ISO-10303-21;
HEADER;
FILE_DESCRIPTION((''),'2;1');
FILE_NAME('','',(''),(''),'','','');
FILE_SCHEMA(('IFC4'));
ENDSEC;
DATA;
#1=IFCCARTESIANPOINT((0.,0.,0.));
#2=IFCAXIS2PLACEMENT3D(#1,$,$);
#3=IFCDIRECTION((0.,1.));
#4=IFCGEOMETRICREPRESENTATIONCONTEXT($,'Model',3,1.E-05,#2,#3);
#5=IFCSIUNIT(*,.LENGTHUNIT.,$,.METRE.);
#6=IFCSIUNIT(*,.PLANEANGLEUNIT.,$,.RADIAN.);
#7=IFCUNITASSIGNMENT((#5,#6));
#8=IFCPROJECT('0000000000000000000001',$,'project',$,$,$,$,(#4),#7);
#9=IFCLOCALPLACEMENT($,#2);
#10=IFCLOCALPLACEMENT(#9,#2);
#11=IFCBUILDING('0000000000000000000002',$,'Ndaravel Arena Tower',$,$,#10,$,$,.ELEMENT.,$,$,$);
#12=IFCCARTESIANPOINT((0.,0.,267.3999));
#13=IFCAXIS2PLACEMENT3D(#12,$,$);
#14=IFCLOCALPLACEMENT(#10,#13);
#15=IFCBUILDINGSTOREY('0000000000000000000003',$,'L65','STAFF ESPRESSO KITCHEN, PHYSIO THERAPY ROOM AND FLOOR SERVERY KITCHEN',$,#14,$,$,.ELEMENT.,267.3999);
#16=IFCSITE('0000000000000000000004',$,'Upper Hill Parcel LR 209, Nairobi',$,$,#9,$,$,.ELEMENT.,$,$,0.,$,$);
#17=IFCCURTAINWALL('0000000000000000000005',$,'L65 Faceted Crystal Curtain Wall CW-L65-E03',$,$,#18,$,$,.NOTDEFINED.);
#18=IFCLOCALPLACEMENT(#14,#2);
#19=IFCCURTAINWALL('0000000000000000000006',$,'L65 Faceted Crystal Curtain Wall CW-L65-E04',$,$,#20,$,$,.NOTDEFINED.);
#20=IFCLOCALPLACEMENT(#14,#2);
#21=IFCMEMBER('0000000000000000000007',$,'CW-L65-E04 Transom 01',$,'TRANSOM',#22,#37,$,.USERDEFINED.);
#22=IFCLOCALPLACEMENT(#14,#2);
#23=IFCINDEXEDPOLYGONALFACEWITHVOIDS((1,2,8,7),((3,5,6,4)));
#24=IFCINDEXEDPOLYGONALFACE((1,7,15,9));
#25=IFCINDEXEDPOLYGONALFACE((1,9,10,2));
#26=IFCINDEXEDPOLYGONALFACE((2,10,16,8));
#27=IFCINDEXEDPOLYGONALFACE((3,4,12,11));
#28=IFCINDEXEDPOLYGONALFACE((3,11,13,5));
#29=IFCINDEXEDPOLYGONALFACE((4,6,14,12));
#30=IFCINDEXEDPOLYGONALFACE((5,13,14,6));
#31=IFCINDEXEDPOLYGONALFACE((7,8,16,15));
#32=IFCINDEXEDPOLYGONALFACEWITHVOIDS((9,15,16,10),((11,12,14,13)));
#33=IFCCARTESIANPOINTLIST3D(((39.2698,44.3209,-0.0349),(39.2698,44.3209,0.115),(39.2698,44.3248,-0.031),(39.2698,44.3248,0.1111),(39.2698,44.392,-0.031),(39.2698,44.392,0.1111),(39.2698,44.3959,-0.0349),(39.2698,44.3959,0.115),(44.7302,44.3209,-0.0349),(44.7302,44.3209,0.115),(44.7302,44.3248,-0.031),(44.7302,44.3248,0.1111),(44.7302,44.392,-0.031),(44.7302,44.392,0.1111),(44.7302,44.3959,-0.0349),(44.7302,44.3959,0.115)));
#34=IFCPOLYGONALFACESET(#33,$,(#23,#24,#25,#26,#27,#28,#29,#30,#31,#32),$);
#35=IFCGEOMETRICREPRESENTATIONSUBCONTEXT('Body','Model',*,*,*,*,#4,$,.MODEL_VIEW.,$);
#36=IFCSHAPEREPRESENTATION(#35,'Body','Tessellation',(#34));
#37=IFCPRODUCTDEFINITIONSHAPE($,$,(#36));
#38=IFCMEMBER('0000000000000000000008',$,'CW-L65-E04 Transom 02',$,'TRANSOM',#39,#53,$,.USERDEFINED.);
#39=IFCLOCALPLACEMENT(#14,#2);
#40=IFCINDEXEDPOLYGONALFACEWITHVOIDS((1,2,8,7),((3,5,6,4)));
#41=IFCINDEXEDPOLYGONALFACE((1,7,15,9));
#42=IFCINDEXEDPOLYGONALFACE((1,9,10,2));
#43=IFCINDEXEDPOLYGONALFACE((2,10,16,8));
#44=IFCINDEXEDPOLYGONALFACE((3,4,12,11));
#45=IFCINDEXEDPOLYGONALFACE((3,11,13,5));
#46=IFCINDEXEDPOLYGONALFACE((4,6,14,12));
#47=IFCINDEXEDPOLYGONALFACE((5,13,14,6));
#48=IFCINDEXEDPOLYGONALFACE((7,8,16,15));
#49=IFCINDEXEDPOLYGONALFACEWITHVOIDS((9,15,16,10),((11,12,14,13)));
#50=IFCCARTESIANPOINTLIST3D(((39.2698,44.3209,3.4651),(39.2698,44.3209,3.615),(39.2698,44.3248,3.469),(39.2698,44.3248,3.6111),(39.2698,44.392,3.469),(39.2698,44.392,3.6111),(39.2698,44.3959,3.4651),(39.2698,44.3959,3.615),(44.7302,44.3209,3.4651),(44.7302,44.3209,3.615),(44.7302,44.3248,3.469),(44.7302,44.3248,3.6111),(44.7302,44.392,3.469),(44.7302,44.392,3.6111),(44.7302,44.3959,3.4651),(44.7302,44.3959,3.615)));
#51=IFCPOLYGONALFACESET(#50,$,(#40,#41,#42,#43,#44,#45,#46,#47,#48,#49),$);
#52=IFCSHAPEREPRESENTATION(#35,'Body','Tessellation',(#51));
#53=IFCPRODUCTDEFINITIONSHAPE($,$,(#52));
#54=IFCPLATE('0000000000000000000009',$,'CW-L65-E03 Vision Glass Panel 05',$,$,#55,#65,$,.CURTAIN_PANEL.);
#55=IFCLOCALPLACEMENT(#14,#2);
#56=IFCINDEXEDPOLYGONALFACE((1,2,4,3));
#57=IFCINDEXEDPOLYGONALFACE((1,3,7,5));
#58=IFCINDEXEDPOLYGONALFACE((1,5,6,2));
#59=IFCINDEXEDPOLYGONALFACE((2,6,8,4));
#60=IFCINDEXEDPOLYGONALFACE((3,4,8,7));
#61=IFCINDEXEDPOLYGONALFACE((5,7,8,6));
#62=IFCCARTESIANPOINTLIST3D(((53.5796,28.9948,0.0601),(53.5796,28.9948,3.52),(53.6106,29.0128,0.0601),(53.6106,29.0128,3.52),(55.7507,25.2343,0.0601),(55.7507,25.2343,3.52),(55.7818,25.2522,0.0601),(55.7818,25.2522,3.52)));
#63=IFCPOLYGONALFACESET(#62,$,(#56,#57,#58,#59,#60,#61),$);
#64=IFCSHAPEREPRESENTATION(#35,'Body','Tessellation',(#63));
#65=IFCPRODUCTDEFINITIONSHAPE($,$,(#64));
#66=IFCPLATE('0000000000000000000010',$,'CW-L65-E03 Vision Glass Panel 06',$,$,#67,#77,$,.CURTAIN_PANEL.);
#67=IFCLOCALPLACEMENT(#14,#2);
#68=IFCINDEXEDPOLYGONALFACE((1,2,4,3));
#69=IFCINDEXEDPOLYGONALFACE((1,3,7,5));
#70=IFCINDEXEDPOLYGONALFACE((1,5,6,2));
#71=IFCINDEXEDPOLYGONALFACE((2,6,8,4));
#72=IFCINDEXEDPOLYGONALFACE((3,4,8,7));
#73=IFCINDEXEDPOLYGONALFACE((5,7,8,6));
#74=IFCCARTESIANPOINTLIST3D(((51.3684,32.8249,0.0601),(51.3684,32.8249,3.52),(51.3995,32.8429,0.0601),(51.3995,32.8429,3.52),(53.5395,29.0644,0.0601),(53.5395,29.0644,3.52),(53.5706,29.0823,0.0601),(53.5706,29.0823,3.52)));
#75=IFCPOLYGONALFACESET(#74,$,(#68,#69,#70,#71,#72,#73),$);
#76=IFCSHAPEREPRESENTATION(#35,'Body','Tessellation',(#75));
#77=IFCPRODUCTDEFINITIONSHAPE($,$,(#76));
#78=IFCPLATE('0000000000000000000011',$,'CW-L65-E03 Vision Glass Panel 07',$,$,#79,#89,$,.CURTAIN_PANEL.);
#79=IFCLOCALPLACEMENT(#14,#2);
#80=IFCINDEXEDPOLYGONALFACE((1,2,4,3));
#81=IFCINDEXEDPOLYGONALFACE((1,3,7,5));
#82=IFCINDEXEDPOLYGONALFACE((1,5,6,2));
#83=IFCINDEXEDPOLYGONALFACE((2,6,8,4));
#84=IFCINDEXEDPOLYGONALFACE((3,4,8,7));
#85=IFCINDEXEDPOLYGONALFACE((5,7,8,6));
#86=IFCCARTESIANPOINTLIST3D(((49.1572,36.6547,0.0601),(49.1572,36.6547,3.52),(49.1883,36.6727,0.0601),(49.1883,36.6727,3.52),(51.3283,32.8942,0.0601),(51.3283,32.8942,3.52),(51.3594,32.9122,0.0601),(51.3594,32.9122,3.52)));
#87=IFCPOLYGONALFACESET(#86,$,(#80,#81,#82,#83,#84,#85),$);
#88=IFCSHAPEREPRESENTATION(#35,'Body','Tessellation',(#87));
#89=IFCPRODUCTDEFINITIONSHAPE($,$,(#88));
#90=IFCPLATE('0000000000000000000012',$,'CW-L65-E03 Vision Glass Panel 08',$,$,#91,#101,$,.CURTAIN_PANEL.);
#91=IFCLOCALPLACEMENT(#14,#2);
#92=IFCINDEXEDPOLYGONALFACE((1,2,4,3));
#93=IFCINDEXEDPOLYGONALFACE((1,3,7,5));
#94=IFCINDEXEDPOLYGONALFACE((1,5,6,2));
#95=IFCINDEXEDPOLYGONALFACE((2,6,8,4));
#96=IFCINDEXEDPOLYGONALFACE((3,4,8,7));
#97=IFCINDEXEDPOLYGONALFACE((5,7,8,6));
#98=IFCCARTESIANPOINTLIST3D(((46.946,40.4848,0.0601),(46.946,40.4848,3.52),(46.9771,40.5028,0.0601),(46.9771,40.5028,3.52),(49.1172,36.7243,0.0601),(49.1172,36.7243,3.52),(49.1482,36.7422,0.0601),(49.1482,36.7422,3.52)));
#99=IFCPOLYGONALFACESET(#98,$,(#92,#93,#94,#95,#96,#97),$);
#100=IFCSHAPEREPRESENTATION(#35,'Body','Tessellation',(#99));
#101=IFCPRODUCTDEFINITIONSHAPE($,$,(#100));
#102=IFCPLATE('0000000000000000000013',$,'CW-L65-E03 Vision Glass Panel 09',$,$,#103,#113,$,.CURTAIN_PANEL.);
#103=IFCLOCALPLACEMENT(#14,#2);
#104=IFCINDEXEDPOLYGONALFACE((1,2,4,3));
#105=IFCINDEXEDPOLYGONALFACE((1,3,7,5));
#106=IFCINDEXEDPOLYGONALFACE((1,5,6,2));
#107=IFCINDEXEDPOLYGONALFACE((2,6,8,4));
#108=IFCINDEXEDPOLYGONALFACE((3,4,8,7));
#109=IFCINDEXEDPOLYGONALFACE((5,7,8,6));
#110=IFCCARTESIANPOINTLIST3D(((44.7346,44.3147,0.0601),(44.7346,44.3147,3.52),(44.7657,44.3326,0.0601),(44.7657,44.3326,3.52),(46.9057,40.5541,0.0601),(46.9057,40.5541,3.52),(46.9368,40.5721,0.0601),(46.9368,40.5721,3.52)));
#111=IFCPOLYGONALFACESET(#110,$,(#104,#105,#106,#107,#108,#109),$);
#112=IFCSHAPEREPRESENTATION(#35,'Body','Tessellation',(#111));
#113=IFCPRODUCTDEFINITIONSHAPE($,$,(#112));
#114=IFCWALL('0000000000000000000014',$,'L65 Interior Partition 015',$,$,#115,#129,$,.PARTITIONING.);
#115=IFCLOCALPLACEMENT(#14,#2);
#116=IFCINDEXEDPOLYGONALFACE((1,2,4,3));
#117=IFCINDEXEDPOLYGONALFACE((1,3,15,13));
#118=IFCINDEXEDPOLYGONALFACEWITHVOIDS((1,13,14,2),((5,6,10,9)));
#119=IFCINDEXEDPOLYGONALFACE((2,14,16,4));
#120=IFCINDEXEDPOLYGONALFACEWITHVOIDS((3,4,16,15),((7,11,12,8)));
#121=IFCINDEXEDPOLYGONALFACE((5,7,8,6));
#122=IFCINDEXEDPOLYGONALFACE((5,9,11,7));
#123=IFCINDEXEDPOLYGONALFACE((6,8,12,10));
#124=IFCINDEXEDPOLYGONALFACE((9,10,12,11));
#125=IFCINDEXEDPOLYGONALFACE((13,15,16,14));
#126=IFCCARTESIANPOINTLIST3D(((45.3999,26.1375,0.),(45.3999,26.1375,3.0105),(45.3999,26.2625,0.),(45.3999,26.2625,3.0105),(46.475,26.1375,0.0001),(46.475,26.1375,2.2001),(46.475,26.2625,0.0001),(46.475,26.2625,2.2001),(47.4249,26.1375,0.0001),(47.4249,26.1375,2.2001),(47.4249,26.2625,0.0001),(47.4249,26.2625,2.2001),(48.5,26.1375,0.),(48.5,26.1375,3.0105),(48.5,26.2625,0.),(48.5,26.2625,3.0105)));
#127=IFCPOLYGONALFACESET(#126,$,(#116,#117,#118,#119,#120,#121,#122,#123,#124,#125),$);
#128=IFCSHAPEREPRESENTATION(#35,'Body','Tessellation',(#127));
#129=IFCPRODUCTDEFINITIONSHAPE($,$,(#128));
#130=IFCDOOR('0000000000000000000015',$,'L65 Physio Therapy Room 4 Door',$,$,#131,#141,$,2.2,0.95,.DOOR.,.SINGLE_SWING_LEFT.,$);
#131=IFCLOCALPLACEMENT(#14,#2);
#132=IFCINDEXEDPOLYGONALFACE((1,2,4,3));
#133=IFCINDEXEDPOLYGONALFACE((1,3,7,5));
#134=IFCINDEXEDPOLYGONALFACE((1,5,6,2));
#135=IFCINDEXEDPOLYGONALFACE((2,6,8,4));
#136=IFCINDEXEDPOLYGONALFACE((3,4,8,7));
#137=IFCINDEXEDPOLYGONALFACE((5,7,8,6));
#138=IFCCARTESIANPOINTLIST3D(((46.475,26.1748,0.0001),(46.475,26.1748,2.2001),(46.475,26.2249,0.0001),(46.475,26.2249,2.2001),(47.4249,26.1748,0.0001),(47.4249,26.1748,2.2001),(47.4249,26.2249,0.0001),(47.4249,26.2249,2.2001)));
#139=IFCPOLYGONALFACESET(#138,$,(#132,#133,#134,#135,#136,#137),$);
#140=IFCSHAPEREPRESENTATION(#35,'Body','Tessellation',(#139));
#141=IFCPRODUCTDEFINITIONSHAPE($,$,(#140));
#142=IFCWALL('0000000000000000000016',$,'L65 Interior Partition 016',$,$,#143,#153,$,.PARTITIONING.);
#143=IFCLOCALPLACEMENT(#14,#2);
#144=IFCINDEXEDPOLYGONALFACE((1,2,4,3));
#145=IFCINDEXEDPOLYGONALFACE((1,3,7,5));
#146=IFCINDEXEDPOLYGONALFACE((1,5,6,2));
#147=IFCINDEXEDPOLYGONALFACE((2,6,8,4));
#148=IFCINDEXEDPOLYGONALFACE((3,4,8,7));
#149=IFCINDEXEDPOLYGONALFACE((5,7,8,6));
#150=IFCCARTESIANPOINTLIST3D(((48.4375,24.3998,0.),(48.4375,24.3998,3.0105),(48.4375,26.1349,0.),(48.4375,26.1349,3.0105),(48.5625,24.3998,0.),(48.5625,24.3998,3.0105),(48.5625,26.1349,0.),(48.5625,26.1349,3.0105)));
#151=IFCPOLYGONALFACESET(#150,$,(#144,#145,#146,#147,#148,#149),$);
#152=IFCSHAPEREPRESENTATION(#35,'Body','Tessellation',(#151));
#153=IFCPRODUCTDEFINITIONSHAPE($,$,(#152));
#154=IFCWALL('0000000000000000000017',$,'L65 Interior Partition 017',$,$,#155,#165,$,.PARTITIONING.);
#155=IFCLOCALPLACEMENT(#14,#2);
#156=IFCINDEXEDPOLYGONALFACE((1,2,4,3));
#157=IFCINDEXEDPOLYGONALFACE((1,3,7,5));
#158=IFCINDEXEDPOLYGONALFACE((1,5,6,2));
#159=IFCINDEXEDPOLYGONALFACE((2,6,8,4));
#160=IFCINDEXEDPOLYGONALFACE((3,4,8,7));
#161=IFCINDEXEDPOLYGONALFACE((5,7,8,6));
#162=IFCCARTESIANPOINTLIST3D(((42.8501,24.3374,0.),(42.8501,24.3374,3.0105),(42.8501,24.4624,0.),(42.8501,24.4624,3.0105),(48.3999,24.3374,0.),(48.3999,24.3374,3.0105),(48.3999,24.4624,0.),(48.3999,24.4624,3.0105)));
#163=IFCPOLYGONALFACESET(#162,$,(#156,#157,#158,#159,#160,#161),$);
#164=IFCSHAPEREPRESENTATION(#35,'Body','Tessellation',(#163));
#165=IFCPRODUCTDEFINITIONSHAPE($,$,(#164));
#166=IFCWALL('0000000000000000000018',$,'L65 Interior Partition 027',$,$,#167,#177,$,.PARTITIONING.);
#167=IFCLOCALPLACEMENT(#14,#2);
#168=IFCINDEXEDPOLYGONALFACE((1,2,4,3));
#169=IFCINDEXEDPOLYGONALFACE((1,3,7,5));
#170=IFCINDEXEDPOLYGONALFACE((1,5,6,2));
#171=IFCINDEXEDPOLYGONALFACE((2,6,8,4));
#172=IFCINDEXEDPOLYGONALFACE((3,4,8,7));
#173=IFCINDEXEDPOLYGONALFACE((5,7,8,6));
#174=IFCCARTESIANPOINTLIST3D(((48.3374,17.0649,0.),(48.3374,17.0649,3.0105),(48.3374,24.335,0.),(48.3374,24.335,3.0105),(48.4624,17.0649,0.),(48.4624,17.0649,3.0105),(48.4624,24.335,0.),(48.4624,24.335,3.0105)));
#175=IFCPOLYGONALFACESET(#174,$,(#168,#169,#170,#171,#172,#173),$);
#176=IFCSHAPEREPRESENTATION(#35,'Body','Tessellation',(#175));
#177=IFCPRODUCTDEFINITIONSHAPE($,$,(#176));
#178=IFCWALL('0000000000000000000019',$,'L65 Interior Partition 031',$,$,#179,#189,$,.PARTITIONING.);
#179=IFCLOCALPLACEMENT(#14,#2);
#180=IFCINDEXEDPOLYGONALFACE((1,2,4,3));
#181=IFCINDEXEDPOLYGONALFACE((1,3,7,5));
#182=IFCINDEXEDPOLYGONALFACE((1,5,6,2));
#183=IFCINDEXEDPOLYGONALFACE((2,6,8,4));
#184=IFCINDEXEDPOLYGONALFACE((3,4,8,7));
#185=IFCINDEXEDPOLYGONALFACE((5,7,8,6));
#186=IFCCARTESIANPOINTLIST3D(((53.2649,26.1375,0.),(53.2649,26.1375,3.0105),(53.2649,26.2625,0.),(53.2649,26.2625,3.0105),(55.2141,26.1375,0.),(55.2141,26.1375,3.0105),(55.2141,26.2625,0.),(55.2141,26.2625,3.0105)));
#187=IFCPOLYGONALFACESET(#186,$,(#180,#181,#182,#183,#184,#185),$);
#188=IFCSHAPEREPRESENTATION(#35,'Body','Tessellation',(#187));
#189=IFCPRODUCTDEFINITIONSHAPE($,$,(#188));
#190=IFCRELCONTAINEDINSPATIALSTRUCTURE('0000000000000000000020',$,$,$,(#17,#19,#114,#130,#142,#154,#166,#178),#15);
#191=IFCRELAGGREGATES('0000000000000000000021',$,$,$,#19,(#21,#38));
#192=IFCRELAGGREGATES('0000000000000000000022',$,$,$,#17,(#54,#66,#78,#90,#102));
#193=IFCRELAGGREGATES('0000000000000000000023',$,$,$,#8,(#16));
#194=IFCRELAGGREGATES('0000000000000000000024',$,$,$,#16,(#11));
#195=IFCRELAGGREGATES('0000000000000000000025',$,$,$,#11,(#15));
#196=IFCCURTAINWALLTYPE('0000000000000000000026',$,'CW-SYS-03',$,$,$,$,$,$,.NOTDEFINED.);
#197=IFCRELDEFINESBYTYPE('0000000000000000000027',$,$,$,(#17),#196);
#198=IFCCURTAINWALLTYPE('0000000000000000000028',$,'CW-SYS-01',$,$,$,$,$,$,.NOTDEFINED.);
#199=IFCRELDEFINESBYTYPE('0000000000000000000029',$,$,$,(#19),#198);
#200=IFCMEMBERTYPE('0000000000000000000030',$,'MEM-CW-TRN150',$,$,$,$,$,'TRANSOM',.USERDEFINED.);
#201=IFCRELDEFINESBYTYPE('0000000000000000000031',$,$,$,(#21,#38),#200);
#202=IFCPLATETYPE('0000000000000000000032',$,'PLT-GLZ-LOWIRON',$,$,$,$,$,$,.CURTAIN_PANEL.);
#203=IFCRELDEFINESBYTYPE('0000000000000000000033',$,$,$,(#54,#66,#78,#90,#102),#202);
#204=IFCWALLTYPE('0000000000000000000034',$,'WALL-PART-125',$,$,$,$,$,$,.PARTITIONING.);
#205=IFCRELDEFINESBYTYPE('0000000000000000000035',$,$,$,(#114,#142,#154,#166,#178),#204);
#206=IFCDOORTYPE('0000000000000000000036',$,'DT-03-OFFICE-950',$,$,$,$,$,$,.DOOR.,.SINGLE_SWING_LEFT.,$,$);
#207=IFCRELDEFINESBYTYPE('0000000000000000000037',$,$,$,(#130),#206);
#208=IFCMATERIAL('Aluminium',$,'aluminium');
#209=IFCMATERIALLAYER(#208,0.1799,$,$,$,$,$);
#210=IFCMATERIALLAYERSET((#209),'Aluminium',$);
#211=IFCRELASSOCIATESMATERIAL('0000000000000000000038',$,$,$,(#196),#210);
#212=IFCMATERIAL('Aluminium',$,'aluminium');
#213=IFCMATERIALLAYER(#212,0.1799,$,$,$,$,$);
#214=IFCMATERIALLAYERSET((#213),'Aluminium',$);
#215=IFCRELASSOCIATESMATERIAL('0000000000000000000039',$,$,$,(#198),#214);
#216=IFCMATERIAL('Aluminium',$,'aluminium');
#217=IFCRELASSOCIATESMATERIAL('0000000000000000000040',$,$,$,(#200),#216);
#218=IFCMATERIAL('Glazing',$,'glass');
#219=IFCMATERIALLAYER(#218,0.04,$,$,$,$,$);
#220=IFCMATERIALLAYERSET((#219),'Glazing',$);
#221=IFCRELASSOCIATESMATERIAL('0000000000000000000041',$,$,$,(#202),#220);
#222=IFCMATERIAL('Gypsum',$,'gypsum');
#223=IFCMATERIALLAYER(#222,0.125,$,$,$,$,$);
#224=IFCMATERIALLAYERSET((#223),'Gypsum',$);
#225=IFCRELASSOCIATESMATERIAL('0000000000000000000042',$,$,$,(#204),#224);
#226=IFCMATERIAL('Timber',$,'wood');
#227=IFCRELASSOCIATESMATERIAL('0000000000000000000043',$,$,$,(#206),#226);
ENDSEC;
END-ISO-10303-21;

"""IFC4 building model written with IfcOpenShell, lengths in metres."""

from ifc_helpers import new_model, si_unit, direction, frame, frame_2d, origin, origin_2d, place, context, subcontext, project, spatial, rectangle, hollow_rectangle, extrude, material, layer, layer_set, material_profile, profile_set, type_object, element, fill, aggregate, save


model = new_model("IFC4")

# Units and contexts
model_context = context("Model", 3, precision=1e-05, world=origin(), true_north=direction((0.0, 1.0)))
body_context = subcontext(model_context, "Body", "Model", "MODEL_VIEW")
ifc_project = project(units=[si_unit("LENGTHUNIT", "METRE"), si_unit("PLANEANGLEUNIT", "RADIAN")], contexts=[model_context])

# Site, building, storey
site_placement = place(None, origin())
site = spatial("IfcSite", under=ifc_project, at=site_placement, Name="Upper Hill Parcel LR 209, Nairobi", CompositionType="ELEMENT", RefElevation=0.0)
building_placement = place(site_placement, origin())
building = spatial("IfcBuilding", under=site, at=building_placement, Name="Ndaravel Arena Tower", CompositionType="ELEMENT")
storey_placement = place(building_placement, frame((0.0, 0.0, 267.3999)))
storey = spatial("IfcBuildingStorey", under=building, at=storey_placement, Name="L65", Description="STAFF ESPRESSO KITCHEN, PHYSIO THERAPY ROOM AND FLOOR SERVERY KITCHEN", CompositionType="ELEMENT", Elevation=267.3999)

# Curtain walls, members
ifc_material_1 = material(Name="Aluminium", Category="aluminium")
ifc_layer_1 = layer(ifc_material_1, 0.1799)
ifc_layer_set_1 = layer_set([ifc_layer_1], Name="Aluminium")
curtain_wall_type_1 = type_object("IfcCurtainWallType", Name="CW-SYS-03", PredefinedType="NOTDEFINED", material=ifc_layer_set_1)
curtain_wall_1_placement = place(storey_placement, origin())
curtain_wall_1 = element("IfcCurtainWall", 1, at=curtain_wall_1_placement, inside=storey, type_object=curtain_wall_type_1, Name="L65 Faceted Crystal Curtain Wall CW-L65-E03", PredefinedType="NOTDEFINED")
ifc_material_2 = material(Name="Aluminium", Category="aluminium")
ifc_layer_2 = layer(ifc_material_2, 0.1799)
ifc_layer_set_2 = layer_set([ifc_layer_2], Name="Aluminium")
curtain_wall_type_2 = type_object("IfcCurtainWallType", Name="CW-SYS-01", PredefinedType="NOTDEFINED", material=ifc_layer_set_2)
curtain_wall_2_placement = place(storey_placement, origin())
curtain_wall_2 = element("IfcCurtainWall", 2, at=curtain_wall_2_placement, inside=storey, type_object=curtain_wall_type_2, Name="L65 Faceted Crystal Curtain Wall CW-L65-E04", PredefinedType="NOTDEFINED")
ifc_material_3 = material(Name="Aluminium", Category="aluminium")
ifc_material_profile_1 = material_profile(ifc_material_3, hollow_rectangle(XDim=0.075, YDim=0.1499, WallThickness=0.0039, at=origin_2d()), Name="CW TRANSOM 75x150x4")
ifc_profile_set_1 = profile_set([ifc_material_profile_1], Name="Aluminium")
member_type_1 = type_object("IfcMemberType", Name="MEM-CW-TRN150", ElementType="TRANSOM", PredefinedType="USERDEFINED", material=ifc_profile_set_1)
member_1_placement = place(storey_placement, frame((44.7302, 44.3584, 0.04), z_axis=(-1.0, 0.0, 0.0), x_axis=(0.0, -1.0, 0.0)))
member_1 = element("IfcMember", 3, at=member_1_placement, type_object=member_type_1, Name="CW-L65-E04 Transom 01", ObjectType="TRANSOM", PredefinedType="USERDEFINED", context=body_context, shape_type="SweptSolid", body=[
    extrude(hollow_rectangle(XDim=0.075, YDim=0.1499, WallThickness=0.0039, at=origin_2d()), origin(), (0.0, 0.0, 1.0), 5.4604),
])
member_2_placement = place(storey_placement, frame((44.7302, 44.3584, 3.54), z_axis=(-1.0, 0.0, 0.0), x_axis=(0.0, -1.0, 0.0)))
member_2 = element("IfcMember", 4, at=member_2_placement, type_object=member_type_1, Name="CW-L65-E04 Transom 02", ObjectType="TRANSOM", PredefinedType="USERDEFINED", context=body_context, shape_type="SweptSolid", body=[
    extrude(hollow_rectangle(XDim=0.075, YDim=0.1499, WallThickness=0.0039, at=origin_2d()), origin(), (0.0, 0.0, 1.0), 5.4604),
])
aggregate(curtain_wall_2, [member_1, member_2])

# Plates
ifc_material_4 = material(Name="Glazing", Category="glass")
ifc_layer_3 = layer(ifc_material_4, 0.04)
ifc_layer_set_3 = layer_set([ifc_layer_3], Name="Glazing")
plate_type = type_object("IfcPlateType", Name="PLT-GLZ-LOWIRON", PredefinedType="CURTAIN_PANEL", material=ifc_layer_set_3)
plate_1_placement = place(storey_placement, frame((54.6807, 27.1235, 0.0601), z_axis=(0.0, 0.0, 1.0), x_axis=(-0.5, 0.866025, 0.0)))
plate_1 = element("IfcPlate", 5, at=plate_1_placement, type_object=plate_type, Name="CW-L65-E03 Vision Glass Panel 05", PredefinedType="CURTAIN_PANEL", context=body_context, shape_type="SweptSolid", body=[
    extrude(rectangle(XDim=4.3423, YDim=0.0359, at=origin_2d()), origin(), (0.0, 0.0, 1.0), 3.46),
])
plate_2_placement = place(storey_placement, frame((52.4695, 30.9536, 0.0601), z_axis=(0.0, 0.0, 1.0), x_axis=(-0.5, 0.866025, 0.0)))
plate_2 = element("IfcPlate", 6, at=plate_2_placement, type_object=plate_type, Name="CW-L65-E03 Vision Glass Panel 06", PredefinedType="CURTAIN_PANEL", context=body_context, shape_type="SweptSolid", body=[
    extrude(rectangle(XDim=4.3423, YDim=0.0359, at=origin_2d()), origin(), (0.0, 0.0, 1.0), 3.46),
])
plate_3_placement = place(storey_placement, frame((50.2583, 34.7834, 0.0601), z_axis=(0.0, 0.0, 1.0), x_axis=(-0.5, 0.866025, 0.0)))
plate_3 = element("IfcPlate", 7, at=plate_3_placement, type_object=plate_type, Name="CW-L65-E03 Vision Glass Panel 07", PredefinedType="CURTAIN_PANEL", context=body_context, shape_type="SweptSolid", body=[
    extrude(rectangle(XDim=4.3423, YDim=0.0359, at=origin_2d()), origin(), (0.0, 0.0, 1.0), 3.46),
])
plate_4_placement = place(storey_placement, frame((48.0471, 38.6135, 0.0601), z_axis=(0.0, 0.0, 1.0), x_axis=(-0.5, 0.866025, 0.0)))
plate_4 = element("IfcPlate", 8, at=plate_4_placement, type_object=plate_type, Name="CW-L65-E03 Vision Glass Panel 08", PredefinedType="CURTAIN_PANEL", context=body_context, shape_type="SweptSolid", body=[
    extrude(rectangle(XDim=4.3423, YDim=0.0359, at=origin_2d()), origin(), (0.0, 0.0, 1.0), 3.46),
])
plate_5_placement = place(storey_placement, frame((45.8357, 42.4434, 0.0601), z_axis=(0.0, 0.0, 1.0), x_axis=(-0.5, 0.866025, 0.0)))
plate_5 = element("IfcPlate", 9, at=plate_5_placement, type_object=plate_type, Name="CW-L65-E03 Vision Glass Panel 09", PredefinedType="CURTAIN_PANEL", context=body_context, shape_type="SweptSolid", body=[
    extrude(rectangle(XDim=4.3423, YDim=0.0359, at=origin_2d()), origin(), (0.0, 0.0, 1.0), 3.46),
])
aggregate(curtain_wall_1, [plate_1, plate_2, plate_3, plate_4, plate_5])

# Wall, opening, door
ifc_material_5 = material(Name="Gypsum", Category="gypsum")
ifc_layer_4 = layer(ifc_material_5, 0.125)
ifc_layer_set_4 = layer_set([ifc_layer_4], Name="Gypsum")
wall_type_1 = type_object("IfcWallType", Name="WALL-PART-125", PredefinedType="PARTITIONING", material=ifc_layer_set_4)
wall_1_placement = place(storey_placement, frame((45.3999, 26.2, 0.0), z_axis=(0.0, 0.0, 1.0), x_axis=(1.0, 0.0, 0.0)))
wall_1 = element("IfcWall", 10, at=wall_1_placement, inside=storey, type_object=wall_type_1, Name="L65 Interior Partition 015", PredefinedType="PARTITIONING", context=body_context, shape_type="SweptSolid", body=[
    extrude(rectangle(XDim=3.1001, YDim=0.125, at=frame_2d((1.55, 0.0))), origin(), (0.0, 0.0, 1.0), 3.0105),
])
opening_placement = place(wall_1_placement, frame((1.075, 0.0, 0.0)))
opening = element("IfcOpeningElement", 11, at=opening_placement, cuts=wall_1, PredefinedType="OPENING", context=body_context, shape_type="SweptSolid", body=[
    extrude(rectangle(XDim=0.95, YDim=2.2, at=frame_2d((0.4751, 1.1001))), frame((0.0, 0.0625, 0.0), z_axis=(0.0, -1.0, 0.0), x_axis=(1.0, 0.0, 0.0)), (0.0, 0.0, 1.0), 0.125),
])
ifc_material_6 = material(Name="Timber", Category="wood")
door_type = type_object("IfcDoorType", Name="DT-03-OFFICE-950", OperationType="SINGLE_SWING_LEFT", PredefinedType="DOOR", material=ifc_material_6)
door_placement = place(opening_placement, origin())
door = element("IfcDoor", 12, at=door_placement, inside=storey, type_object=door_type, Name="L65 Physio Therapy Room 4 Door", OperationType="SINGLE_SWING_LEFT", OverallHeight=2.2, OverallWidth=0.95, PredefinedType="DOOR", context=body_context, shape_type="SweptSolid", body=[
    extrude(rectangle(XDim=0.95, YDim=2.2, at=frame_2d((0.4751, 1.1001))), frame((0.0, 0.0249, 0.0), z_axis=(0.0, -1.0, 0.0), x_axis=(1.0, 0.0, 0.0)), (0.0, 0.0, 1.0), 0.05),
])
fill(opening, door)

# Walls
wall_2_placement = place(storey_placement, frame((48.5, 26.135, 0.0), z_axis=(0.0, 0.0, 1.0), x_axis=(0.0, -1.0, 0.0)))
element("IfcWall", 13, at=wall_2_placement, inside=storey, type_object=wall_type_1, Name="L65 Interior Partition 016", PredefinedType="PARTITIONING", context=body_context, shape_type="SweptSolid", body=[
    extrude(rectangle(XDim=1.7351, YDim=0.125, at=frame_2d((0.8677, 0.0))), origin(), (0.0, 0.0, 1.0), 3.0105),
])
wall_3_placement = place(storey_placement, frame((48.3999, 24.3999, 0.0), z_axis=(0.0, 0.0, 1.0), x_axis=(-1.0, 0.0, 0.0)))
element("IfcWall", 14, at=wall_3_placement, inside=storey, type_object=wall_type_1, Name="L65 Interior Partition 017", PredefinedType="PARTITIONING", context=body_context, shape_type="SweptSolid", body=[
    extrude(rectangle(XDim=5.5498, YDim=0.125, at=frame_2d((2.7749, 0.0))), origin(), (0.0, 0.0, 1.0), 3.0105),
])
wall_4_placement = place(storey_placement, frame((48.3999, 24.335, 0.0), z_axis=(0.0, 0.0, 1.0), x_axis=(0.0, -1.0, 0.0)))
element("IfcWall", 15, at=wall_4_placement, inside=storey, type_object=wall_type_1, Name="L65 Interior Partition 027", PredefinedType="PARTITIONING", context=body_context, shape_type="SweptSolid", body=[
    extrude(rectangle(XDim=7.27, YDim=0.125, at=frame_2d((3.635, 0.0))), origin(), (0.0, 0.0, 1.0), 3.0105),
])
wall_5_placement = place(storey_placement, frame((53.2649, 26.2, 0.0), z_axis=(0.0, 0.0, 1.0), x_axis=(1.0, 0.0, 0.0)))
element("IfcWall", 16, at=wall_5_placement, inside=storey, type_object=wall_type_1, Name="L65 Interior Partition 031", PredefinedType="PARTITIONING", context=body_context, shape_type="SweptSolid", body=[
    extrude(rectangle(XDim=1.9492, YDim=0.125, at=frame_2d((0.9746, 0.0))), origin(), (0.0, 0.0, 1.0), 3.0105),
])

save(model, "model.ifc")
